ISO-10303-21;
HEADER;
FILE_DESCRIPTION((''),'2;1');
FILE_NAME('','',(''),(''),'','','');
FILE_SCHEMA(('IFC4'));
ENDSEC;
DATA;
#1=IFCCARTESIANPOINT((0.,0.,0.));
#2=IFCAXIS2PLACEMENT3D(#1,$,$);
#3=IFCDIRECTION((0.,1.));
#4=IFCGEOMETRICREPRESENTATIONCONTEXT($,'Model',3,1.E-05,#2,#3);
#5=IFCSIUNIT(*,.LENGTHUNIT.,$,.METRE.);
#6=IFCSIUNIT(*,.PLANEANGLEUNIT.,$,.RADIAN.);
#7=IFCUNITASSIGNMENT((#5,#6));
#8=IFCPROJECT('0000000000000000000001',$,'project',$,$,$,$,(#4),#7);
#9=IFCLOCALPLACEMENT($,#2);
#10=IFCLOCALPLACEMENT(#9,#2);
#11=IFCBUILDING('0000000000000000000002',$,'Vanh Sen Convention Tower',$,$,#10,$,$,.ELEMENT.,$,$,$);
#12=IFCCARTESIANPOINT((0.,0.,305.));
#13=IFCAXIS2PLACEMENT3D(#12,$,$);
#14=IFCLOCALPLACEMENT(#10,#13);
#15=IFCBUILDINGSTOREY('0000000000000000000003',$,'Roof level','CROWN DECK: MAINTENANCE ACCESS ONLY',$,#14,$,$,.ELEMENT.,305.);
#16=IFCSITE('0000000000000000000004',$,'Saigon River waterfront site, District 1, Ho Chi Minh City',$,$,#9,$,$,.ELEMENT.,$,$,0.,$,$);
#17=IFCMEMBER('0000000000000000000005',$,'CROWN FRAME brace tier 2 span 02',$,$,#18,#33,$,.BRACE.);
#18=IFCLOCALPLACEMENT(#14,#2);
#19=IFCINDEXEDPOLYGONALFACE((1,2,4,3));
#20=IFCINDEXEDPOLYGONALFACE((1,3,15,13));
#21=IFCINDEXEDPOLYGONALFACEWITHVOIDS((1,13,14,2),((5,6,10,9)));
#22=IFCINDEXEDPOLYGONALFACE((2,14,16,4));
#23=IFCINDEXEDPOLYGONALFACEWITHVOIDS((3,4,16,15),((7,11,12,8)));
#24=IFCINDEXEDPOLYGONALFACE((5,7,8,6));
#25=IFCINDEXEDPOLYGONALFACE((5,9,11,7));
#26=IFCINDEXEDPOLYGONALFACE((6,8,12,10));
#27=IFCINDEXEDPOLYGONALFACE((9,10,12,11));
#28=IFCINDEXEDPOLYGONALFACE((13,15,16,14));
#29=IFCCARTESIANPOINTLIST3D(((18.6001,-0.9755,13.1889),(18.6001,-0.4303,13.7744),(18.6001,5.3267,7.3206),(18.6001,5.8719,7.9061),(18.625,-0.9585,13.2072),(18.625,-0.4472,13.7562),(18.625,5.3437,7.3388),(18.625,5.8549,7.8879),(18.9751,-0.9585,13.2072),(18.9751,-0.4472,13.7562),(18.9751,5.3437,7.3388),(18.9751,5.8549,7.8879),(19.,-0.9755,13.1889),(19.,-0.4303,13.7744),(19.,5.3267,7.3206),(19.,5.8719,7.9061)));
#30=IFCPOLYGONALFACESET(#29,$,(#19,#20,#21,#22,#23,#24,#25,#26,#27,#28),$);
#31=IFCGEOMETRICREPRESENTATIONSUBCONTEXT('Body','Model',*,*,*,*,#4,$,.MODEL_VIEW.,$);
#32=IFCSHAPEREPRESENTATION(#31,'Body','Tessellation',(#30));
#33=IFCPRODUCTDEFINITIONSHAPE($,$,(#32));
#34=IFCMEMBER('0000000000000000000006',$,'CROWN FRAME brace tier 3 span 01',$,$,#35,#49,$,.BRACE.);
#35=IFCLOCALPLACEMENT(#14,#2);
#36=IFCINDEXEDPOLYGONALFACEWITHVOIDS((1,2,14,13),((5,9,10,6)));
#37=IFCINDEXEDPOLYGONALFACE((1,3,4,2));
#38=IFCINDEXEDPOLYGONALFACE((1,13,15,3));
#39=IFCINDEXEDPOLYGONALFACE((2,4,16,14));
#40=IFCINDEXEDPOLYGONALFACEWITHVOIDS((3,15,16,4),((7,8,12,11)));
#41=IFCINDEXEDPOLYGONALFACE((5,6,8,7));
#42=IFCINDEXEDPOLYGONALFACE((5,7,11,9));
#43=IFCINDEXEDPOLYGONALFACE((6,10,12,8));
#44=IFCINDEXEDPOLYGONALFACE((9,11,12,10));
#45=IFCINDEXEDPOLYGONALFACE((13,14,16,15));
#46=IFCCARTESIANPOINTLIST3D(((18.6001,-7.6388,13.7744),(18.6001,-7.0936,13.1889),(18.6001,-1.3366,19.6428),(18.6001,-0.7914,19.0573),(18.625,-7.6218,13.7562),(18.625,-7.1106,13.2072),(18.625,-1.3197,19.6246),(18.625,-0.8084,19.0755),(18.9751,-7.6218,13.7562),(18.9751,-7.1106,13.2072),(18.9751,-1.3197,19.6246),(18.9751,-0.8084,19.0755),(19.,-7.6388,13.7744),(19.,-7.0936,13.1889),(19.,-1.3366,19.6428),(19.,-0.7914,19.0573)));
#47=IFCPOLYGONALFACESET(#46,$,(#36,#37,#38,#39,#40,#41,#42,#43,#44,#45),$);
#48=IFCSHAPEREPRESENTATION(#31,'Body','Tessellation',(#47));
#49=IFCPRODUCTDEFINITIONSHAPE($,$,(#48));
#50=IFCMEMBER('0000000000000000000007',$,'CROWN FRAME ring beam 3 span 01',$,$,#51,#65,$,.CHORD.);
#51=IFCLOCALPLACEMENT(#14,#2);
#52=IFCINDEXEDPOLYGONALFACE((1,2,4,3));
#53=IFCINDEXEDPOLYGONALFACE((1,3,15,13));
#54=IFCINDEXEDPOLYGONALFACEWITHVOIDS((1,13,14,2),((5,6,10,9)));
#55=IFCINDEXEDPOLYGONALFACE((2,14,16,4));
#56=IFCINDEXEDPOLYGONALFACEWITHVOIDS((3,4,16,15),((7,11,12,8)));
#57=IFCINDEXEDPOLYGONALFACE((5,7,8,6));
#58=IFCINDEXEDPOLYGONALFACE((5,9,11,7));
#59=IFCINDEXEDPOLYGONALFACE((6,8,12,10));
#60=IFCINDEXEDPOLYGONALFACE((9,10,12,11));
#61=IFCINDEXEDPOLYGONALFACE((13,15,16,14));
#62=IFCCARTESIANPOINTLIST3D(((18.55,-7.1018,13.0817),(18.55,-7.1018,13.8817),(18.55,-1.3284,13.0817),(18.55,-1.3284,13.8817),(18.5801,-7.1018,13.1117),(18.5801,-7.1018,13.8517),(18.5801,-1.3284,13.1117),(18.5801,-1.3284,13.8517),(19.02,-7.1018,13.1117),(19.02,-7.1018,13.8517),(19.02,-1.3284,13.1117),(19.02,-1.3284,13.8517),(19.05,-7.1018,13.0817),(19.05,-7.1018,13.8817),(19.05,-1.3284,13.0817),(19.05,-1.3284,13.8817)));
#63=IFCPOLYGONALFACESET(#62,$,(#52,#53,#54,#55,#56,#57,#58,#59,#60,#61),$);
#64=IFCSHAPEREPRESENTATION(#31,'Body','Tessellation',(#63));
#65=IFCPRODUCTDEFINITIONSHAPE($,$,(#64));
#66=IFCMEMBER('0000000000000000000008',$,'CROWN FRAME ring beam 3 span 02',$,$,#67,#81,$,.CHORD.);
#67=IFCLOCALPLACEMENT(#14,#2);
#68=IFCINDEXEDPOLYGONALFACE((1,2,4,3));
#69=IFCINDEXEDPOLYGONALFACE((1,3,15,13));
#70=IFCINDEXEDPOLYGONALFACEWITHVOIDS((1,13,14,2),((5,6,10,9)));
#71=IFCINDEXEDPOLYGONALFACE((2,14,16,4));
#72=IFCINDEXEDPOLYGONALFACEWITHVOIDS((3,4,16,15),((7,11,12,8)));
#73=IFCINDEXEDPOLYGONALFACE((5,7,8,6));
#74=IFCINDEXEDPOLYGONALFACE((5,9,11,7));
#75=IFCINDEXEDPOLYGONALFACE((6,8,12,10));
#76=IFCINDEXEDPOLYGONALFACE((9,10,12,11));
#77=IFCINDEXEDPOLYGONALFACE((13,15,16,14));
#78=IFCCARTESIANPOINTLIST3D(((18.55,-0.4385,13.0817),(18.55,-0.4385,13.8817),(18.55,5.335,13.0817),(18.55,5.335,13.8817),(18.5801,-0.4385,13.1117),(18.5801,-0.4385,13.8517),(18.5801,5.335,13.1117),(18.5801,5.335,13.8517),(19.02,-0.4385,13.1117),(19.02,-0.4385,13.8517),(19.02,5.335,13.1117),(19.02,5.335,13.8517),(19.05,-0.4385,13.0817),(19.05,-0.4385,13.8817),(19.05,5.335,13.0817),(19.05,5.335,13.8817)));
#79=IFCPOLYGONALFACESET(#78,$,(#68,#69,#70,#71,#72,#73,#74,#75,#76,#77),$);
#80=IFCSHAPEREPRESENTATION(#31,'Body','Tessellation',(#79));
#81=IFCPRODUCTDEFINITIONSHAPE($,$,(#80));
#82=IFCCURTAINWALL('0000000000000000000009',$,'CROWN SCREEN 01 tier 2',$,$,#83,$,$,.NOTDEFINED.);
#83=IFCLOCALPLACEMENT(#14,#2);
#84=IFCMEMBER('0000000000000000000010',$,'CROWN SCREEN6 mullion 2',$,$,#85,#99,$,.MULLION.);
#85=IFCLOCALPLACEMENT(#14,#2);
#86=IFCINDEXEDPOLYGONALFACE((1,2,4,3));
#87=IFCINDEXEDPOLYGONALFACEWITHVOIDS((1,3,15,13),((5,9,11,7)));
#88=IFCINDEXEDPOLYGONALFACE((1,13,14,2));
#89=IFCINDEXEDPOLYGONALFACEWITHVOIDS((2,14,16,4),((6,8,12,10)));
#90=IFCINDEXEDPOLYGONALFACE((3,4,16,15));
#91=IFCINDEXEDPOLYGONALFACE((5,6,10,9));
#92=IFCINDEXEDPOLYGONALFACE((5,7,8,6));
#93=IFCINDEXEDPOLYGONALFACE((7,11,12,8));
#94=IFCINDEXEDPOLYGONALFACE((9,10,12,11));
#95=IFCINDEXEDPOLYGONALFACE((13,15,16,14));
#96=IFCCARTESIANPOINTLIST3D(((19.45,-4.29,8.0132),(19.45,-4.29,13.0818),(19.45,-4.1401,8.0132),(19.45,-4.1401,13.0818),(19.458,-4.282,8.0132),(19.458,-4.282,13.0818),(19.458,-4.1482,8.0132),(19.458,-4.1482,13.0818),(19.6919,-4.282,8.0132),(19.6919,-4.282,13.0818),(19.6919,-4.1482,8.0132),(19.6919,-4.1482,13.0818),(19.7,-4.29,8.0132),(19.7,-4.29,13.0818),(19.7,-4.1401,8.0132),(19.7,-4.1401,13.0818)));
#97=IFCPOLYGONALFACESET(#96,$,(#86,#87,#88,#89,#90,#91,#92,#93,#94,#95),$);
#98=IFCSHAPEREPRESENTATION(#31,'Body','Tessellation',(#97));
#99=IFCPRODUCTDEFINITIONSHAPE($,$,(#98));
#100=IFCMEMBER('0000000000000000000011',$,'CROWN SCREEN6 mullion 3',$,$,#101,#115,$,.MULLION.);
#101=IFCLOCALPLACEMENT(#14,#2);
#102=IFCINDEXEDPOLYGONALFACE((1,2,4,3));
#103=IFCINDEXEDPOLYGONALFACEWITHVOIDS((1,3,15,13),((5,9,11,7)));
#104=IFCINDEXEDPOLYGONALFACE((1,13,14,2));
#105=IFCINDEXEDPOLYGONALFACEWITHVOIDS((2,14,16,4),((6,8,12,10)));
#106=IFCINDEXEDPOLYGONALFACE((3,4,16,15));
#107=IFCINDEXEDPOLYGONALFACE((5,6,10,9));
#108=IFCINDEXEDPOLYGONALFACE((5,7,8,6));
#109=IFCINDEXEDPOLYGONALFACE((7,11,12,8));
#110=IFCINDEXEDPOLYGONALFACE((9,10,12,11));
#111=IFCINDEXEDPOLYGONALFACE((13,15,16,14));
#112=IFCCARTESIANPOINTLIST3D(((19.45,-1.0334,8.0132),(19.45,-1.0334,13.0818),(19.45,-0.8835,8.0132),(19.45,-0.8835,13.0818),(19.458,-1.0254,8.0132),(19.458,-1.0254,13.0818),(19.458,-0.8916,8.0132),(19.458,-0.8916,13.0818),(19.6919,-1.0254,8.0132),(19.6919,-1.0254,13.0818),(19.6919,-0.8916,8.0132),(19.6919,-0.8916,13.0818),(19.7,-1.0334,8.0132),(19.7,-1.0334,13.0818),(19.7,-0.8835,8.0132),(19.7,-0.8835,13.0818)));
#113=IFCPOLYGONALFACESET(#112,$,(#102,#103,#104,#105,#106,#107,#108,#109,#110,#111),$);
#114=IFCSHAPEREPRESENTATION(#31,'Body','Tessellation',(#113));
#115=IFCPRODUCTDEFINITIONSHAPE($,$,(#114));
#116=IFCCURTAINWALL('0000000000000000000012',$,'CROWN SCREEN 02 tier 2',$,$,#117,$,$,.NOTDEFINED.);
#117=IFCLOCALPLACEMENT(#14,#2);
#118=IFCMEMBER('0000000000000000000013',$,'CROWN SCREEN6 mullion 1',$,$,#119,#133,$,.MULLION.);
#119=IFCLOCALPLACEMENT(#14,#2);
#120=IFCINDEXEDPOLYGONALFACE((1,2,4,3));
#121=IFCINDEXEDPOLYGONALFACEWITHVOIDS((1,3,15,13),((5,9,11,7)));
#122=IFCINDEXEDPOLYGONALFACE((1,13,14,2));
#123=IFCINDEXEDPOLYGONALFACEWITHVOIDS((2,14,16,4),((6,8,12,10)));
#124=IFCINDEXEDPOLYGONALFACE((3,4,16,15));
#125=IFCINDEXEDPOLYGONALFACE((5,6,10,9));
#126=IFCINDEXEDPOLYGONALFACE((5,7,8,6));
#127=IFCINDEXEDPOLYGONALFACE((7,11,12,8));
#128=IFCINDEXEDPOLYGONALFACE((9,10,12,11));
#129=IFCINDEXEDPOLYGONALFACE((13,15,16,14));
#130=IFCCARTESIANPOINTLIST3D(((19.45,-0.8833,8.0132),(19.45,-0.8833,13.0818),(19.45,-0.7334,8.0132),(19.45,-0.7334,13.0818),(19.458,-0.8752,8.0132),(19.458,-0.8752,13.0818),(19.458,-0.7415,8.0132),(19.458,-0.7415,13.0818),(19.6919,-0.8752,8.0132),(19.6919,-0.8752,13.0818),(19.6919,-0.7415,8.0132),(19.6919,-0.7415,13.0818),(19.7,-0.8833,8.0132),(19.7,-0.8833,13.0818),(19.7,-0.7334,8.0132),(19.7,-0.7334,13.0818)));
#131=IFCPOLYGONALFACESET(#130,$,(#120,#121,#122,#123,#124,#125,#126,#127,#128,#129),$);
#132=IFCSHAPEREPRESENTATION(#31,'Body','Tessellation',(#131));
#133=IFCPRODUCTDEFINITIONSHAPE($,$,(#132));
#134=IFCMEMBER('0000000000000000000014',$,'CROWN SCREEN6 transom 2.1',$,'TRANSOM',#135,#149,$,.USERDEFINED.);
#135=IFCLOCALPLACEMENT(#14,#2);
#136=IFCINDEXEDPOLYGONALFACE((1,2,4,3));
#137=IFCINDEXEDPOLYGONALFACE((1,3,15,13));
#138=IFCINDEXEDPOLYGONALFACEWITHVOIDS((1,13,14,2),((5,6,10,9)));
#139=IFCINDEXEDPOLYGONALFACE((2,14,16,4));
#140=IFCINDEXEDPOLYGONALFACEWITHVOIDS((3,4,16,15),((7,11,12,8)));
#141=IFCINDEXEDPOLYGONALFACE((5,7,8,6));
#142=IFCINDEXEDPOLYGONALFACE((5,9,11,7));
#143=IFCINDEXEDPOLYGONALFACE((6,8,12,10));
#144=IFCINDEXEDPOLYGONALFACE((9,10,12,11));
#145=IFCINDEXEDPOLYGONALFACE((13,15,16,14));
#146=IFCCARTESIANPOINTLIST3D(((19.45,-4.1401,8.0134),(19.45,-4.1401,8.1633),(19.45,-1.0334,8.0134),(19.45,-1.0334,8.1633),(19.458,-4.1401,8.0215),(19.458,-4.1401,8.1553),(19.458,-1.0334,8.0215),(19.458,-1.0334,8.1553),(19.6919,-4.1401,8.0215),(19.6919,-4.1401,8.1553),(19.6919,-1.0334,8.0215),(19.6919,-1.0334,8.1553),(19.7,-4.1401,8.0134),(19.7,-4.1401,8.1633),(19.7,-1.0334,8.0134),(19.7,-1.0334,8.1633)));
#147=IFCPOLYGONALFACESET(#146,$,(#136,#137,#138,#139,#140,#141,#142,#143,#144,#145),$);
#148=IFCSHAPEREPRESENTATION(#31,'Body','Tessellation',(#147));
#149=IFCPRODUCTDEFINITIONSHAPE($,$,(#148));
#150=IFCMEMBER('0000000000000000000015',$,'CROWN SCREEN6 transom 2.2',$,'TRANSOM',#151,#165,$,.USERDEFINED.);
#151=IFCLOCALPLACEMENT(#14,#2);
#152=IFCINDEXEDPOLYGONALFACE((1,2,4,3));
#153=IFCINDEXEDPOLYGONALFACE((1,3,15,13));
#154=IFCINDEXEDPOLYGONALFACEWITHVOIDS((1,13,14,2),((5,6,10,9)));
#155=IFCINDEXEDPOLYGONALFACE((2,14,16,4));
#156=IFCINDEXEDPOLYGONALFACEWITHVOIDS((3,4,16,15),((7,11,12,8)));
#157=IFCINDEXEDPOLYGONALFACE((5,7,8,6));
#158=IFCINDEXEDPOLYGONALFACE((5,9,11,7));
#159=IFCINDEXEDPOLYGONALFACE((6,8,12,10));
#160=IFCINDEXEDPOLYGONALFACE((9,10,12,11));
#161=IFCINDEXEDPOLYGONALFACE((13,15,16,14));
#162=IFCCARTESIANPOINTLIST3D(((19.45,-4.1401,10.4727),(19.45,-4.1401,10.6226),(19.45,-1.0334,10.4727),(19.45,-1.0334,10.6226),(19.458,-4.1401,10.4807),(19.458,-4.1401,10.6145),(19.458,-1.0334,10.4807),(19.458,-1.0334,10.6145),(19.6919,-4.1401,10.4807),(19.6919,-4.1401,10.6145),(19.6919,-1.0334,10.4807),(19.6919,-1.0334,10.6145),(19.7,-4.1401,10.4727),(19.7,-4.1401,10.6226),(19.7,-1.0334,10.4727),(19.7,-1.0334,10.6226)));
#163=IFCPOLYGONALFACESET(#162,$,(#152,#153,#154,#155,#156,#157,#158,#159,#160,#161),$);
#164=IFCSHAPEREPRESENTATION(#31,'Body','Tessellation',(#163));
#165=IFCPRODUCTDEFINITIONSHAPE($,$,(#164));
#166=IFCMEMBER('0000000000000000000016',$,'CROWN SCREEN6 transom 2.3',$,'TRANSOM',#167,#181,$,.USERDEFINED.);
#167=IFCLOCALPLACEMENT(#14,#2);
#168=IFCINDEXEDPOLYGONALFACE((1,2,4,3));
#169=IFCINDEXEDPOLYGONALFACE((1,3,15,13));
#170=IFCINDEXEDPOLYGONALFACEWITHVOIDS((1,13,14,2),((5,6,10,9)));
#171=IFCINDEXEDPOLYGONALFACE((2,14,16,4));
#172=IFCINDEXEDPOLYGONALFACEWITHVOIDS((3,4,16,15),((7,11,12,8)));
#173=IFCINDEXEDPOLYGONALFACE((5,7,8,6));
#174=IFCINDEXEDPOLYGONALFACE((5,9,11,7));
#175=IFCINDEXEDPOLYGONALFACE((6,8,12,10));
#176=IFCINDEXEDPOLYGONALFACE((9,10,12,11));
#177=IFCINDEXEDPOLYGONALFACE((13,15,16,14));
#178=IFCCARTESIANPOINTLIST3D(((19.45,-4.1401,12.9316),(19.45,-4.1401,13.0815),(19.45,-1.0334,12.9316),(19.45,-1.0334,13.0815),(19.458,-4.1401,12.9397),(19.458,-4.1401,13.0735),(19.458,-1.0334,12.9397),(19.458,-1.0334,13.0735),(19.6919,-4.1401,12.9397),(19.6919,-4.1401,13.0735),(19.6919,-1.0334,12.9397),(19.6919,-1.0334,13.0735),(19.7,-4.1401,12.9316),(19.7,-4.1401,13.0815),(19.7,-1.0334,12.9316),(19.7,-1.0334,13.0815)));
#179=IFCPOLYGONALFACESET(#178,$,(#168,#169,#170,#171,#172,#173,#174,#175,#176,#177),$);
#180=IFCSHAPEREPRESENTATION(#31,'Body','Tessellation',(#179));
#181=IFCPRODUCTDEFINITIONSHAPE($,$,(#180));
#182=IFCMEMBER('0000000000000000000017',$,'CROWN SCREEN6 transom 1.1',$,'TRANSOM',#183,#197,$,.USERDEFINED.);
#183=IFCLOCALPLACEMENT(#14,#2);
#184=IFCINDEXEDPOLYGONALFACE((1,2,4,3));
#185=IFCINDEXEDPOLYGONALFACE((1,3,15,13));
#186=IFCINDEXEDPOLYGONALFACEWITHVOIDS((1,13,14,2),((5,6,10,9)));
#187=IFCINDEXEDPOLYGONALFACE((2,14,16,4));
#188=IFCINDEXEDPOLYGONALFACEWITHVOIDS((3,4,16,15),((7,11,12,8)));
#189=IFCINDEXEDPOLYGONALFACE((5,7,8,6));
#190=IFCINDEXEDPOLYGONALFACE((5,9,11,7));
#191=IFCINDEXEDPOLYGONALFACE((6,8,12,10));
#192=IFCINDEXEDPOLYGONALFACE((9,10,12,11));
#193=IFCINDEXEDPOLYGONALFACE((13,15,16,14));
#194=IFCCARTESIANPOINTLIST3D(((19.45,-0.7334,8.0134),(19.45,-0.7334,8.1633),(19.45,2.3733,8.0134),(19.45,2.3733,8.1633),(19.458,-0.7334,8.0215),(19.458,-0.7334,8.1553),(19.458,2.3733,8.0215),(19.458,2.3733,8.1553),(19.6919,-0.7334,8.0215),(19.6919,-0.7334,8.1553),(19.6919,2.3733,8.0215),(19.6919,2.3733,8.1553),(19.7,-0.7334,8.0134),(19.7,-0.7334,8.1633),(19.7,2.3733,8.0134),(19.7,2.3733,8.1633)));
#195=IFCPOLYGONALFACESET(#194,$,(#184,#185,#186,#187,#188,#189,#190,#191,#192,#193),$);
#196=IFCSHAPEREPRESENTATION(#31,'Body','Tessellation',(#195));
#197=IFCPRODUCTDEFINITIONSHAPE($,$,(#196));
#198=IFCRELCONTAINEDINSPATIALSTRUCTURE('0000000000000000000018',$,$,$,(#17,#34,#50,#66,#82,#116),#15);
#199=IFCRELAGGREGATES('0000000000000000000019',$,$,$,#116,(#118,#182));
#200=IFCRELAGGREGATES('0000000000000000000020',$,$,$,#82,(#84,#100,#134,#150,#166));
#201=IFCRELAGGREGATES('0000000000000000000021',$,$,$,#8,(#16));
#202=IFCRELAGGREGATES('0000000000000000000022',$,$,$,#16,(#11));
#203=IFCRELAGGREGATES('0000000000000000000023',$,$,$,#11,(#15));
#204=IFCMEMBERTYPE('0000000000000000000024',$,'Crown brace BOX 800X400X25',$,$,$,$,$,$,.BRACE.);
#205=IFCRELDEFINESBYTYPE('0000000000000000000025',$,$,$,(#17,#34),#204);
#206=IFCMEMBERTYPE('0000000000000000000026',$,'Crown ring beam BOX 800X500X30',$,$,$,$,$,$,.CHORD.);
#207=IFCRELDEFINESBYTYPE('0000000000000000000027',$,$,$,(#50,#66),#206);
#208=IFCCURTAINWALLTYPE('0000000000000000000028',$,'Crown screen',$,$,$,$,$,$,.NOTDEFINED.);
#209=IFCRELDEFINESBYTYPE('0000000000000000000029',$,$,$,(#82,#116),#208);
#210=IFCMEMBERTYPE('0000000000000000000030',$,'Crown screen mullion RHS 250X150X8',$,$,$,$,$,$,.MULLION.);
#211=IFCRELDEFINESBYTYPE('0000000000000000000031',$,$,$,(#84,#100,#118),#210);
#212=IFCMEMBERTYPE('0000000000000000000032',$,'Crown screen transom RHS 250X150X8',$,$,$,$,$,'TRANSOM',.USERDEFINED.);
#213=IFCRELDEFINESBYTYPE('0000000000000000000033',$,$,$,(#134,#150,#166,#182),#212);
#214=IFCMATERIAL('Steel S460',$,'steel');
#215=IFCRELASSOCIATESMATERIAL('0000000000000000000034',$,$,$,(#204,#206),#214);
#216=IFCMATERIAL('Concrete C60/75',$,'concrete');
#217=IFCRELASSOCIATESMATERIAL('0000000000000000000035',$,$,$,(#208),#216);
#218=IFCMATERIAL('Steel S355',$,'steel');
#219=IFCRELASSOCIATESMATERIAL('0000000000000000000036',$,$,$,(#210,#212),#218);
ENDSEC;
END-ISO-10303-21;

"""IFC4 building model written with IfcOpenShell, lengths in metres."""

from ifc_helpers import new_model, si_unit, direction, frame, origin, origin_2d, place, context, subcontext, project, spatial, hollow_rectangle, extrude, material, material_profile, profile_set, type_object, element, aggregate, save


model = new_model("IFC4")

# Units and contexts
model_context = context("Model", 3, precision=1e-05, world=origin(), true_north=direction((0.0, 1.0)))
body_context = subcontext(model_context, "Body", "Model", "MODEL_VIEW")
ifc_project = project(units=[si_unit("LENGTHUNIT", "METRE"), si_unit("PLANEANGLEUNIT", "RADIAN")], contexts=[model_context])

# Site, building, storey
site_placement = place(None, origin())
site = spatial("IfcSite", under=ifc_project, at=site_placement, Name="Saigon River waterfront site, District 1, Ho Chi Minh City", CompositionType="ELEMENT", RefElevation=0.0)
building_placement = place(site_placement, origin())
building = spatial("IfcBuilding", under=site, at=building_placement, Name="Vanh Sen Convention Tower", CompositionType="ELEMENT")
storey_placement = place(building_placement, frame((0.0, 0.0, 305.0)))
storey = spatial("IfcBuildingStorey", under=building, at=storey_placement, Name="Roof level", Description="CROWN DECK: MAINTENANCE ACCESS ONLY", CompositionType="ELEMENT", Elevation=305.0)

# Members
ifc_material_1 = material(Name="Steel S460", Category="steel")
ifc_material_profile_1 = material_profile(ifc_material_1, hollow_rectangle(XDim=0.3999, YDim=0.8, WallThickness=0.0249, at=origin_2d()), Name="BOX 800X400X25")
ifc_profile_set_1 = profile_set([ifc_material_profile_1], Name="Steel S460")
member_type_1 = type_object("IfcMemberType", Name="Crown brace BOX 800X400X25", PredefinedType="BRACE", material=ifc_profile_set_1)
for number, where, z_axis, x_axis, name in (
    (1, (18.8, -0.7029, 13.4817), (0.0, 0.731848, -0.681468), (-1.0, 0.0, 0.0), "CROWN FRAME brace tier 2 span 02"),
    (2, (18.8, -7.3662, 13.4817), (0.0, 0.731848, 0.681468), (-1.0, 0.0, 0.0), "CROWN FRAME brace tier 3 span 01"),
):
    element("IfcMember", number, at=place(storey_placement, frame(where, z_axis=z_axis, x_axis=x_axis)), inside=storey, type_object=member_type_1, Name=name, PredefinedType="BRACE", context=body_context, shape_type="SweptSolid", body=[
        extrude(hollow_rectangle(XDim=0.3999, YDim=0.8, WallThickness=0.0249, at=origin_2d()), origin(), (0.0, 0.0, 1.0), 8.6113),
    ])
ifc_material_profile_2 = material_profile(ifc_material_1, hollow_rectangle(XDim=0.5, YDim=0.8, WallThickness=0.03, at=origin_2d()), Name="BOX 800X500X30")
ifc_profile_set_2 = profile_set([ifc_material_profile_2], Name="Steel S460")
member_type_2 = type_object("IfcMemberType", Name="Crown ring beam BOX 800X500X30", PredefinedType="CHORD", material=ifc_profile_set_2)
for number, where, z_axis, x_axis, name in (
    (3, (18.8, -7.1018, 13.4817), (0.0, 1.0, 0.0), (-1.0, 0.0, 0.0), "CROWN FRAME ring beam 3 span 01"),
    (4, (18.8, -0.4385, 13.4817), (0.0, 1.0, 0.0), (-1.0, 0.0, 0.0), "CROWN FRAME ring beam 3 span 02"),
):
    element("IfcMember", number, at=place(storey_placement, frame(where, z_axis=z_axis, x_axis=x_axis)), inside=storey, type_object=member_type_2, Name=name, PredefinedType="CHORD", context=body_context, shape_type="SweptSolid", body=[
        extrude(hollow_rectangle(XDim=0.5, YDim=0.8, WallThickness=0.03, at=origin_2d()), origin(), (0.0, 0.0, 1.0), 5.7734),
    ])

# Curtain wall, members
ifc_material_2 = material(Name="Concrete C60/75", Category="concrete")
curtain_wall_type = type_object("IfcCurtainWallType", Name="Crown screen", PredefinedType="NOTDEFINED", material=ifc_material_2)
curtain_wall_1_placement = place(storey_placement, origin())
curtain_wall_1 = element("IfcCurtainWall", 5, at=curtain_wall_1_placement, inside=storey, type_object=curtain_wall_type, Name="CROWN SCREEN 01 tier 2", PredefinedType="NOTDEFINED")
ifc_material_3 = material(Name="Steel S355", Category="steel")
ifc_material_profile_3 = material_profile(ifc_material_3, hollow_rectangle(XDim=0.25, YDim=0.1499, WallThickness=0.0081, at=origin_2d()), Name="RHS 250X150X8")
ifc_profile_set_3 = profile_set([ifc_material_profile_3], Name="Steel S355")
member_type_3 = type_object("IfcMemberType", Name="Crown screen mullion RHS 250X150X8", PredefinedType="MULLION", material=ifc_profile_set_3)
member_1_placement = place(storey_placement, frame((19.575, -4.2151, 8.0132), z_axis=(0.0, 0.0, 1.0), x_axis=(-1.0, 0.0, 0.0)))
member_1 = element("IfcMember", 6, at=member_1_placement, type_object=member_type_3, Name="CROWN SCREEN6 mullion 2", PredefinedType="MULLION", context=body_context, shape_type="SweptSolid", body=[
    extrude(hollow_rectangle(XDim=0.25, YDim=0.1499, WallThickness=0.0081, at=origin_2d()), origin(), (0.0, 0.0, 1.0), 5.0686),
])
member_2_placement = place(storey_placement, frame((19.575, -0.9585, 8.0132), z_axis=(0.0, 0.0, 1.0), x_axis=(-1.0, 0.0, 0.0)))
member_2 = element("IfcMember", 7, at=member_2_placement, type_object=member_type_3, Name="CROWN SCREEN6 mullion 3", PredefinedType="MULLION", context=body_context, shape_type="SweptSolid", body=[
    extrude(hollow_rectangle(XDim=0.25, YDim=0.1499, WallThickness=0.0081, at=origin_2d()), origin(), (0.0, 0.0, 1.0), 5.0686),
])

# Curtain wall, member
curtain_wall_2_placement = place(storey_placement, origin())
curtain_wall_2 = element("IfcCurtainWall", 8, at=curtain_wall_2_placement, inside=storey, type_object=curtain_wall_type, Name="CROWN SCREEN 02 tier 2", PredefinedType="NOTDEFINED")
member_3_placement = place(storey_placement, frame((19.575, -0.8083, 8.0132), z_axis=(0.0, 0.0, 1.0), x_axis=(-1.0, 0.0, 0.0)))
member_3 = element("IfcMember", 9, at=member_3_placement, type_object=member_type_3, Name="CROWN SCREEN6 mullion 1", PredefinedType="MULLION", context=body_context, shape_type="SweptSolid", body=[
    extrude(hollow_rectangle(XDim=0.25, YDim=0.1499, WallThickness=0.0081, at=origin_2d()), origin(), (0.0, 0.0, 1.0), 5.0686),
])

# Members
ifc_material_profile_4 = material_profile(ifc_material_3, hollow_rectangle(XDim=0.25, YDim=0.1499, WallThickness=0.0081, at=origin_2d()), Name="RHS 250X150X8")
ifc_profile_set_4 = profile_set([ifc_material_profile_4], Name="Steel S355")
member_type_4 = type_object("IfcMemberType", Name="Crown screen transom RHS 250X150X8", ElementType="TRANSOM", PredefinedType="USERDEFINED", material=ifc_profile_set_4)
member_4_placement = place(storey_placement, frame((19.575, -4.1401, 8.0884), z_axis=(0.0, 1.0, 0.0), x_axis=(-1.0, 0.0, 0.0)))
member_4 = element("IfcMember", 10, at=member_4_placement, type_object=member_type_4, Name="CROWN SCREEN6 transom 2.1", ObjectType="TRANSOM", PredefinedType="USERDEFINED", context=body_context, shape_type="SweptSolid", body=[
    extrude(hollow_rectangle(XDim=0.25, YDim=0.1499, WallThickness=0.0081, at=origin_2d()), origin(), (0.0, 0.0, 1.0), 3.1067),
])
member_5_placement = place(storey_placement, frame((19.575, -4.1401, 10.5476), z_axis=(0.0, 1.0, 0.0), x_axis=(-1.0, 0.0, 0.0)))
member_5 = element("IfcMember", 11, at=member_5_placement, type_object=member_type_4, Name="CROWN SCREEN6 transom 2.2", ObjectType="TRANSOM", PredefinedType="USERDEFINED", context=body_context, shape_type="SweptSolid", body=[
    extrude(hollow_rectangle(XDim=0.25, YDim=0.1499, WallThickness=0.0081, at=origin_2d()), origin(), (0.0, 0.0, 1.0), 3.1067),
])
member_6_placement = place(storey_placement, frame((19.575, -4.1401, 13.0066), z_axis=(0.0, 1.0, 0.0), x_axis=(-1.0, 0.0, 0.0)))
member_6 = element("IfcMember", 12, at=member_6_placement, type_object=member_type_4, Name="CROWN SCREEN6 transom 2.3", ObjectType="TRANSOM", PredefinedType="USERDEFINED", context=body_context, shape_type="SweptSolid", body=[
    extrude(hollow_rectangle(XDim=0.25, YDim=0.1499, WallThickness=0.0081, at=origin_2d()), origin(), (0.0, 0.0, 1.0), 3.1067),
])
member_7_placement = place(storey_placement, frame((19.575, -0.7334, 8.0884), z_axis=(0.0, 1.0, 0.0), x_axis=(-1.0, 0.0, 0.0)))
member_7 = element("IfcMember", 13, at=member_7_placement, type_object=member_type_4, Name="CROWN SCREEN6 transom 1.1", ObjectType="TRANSOM", PredefinedType="USERDEFINED", context=body_context, shape_type="SweptSolid", body=[
    extrude(hollow_rectangle(XDim=0.25, YDim=0.1499, WallThickness=0.0081, at=origin_2d()), origin(), (0.0, 0.0, 1.0), 3.1067),
])
aggregate(curtain_wall_2, [member_3, member_7])

aggregate(curtain_wall_1, [member_1, member_2, member_4, member_5, member_6])

save(model, "model.ifc")
